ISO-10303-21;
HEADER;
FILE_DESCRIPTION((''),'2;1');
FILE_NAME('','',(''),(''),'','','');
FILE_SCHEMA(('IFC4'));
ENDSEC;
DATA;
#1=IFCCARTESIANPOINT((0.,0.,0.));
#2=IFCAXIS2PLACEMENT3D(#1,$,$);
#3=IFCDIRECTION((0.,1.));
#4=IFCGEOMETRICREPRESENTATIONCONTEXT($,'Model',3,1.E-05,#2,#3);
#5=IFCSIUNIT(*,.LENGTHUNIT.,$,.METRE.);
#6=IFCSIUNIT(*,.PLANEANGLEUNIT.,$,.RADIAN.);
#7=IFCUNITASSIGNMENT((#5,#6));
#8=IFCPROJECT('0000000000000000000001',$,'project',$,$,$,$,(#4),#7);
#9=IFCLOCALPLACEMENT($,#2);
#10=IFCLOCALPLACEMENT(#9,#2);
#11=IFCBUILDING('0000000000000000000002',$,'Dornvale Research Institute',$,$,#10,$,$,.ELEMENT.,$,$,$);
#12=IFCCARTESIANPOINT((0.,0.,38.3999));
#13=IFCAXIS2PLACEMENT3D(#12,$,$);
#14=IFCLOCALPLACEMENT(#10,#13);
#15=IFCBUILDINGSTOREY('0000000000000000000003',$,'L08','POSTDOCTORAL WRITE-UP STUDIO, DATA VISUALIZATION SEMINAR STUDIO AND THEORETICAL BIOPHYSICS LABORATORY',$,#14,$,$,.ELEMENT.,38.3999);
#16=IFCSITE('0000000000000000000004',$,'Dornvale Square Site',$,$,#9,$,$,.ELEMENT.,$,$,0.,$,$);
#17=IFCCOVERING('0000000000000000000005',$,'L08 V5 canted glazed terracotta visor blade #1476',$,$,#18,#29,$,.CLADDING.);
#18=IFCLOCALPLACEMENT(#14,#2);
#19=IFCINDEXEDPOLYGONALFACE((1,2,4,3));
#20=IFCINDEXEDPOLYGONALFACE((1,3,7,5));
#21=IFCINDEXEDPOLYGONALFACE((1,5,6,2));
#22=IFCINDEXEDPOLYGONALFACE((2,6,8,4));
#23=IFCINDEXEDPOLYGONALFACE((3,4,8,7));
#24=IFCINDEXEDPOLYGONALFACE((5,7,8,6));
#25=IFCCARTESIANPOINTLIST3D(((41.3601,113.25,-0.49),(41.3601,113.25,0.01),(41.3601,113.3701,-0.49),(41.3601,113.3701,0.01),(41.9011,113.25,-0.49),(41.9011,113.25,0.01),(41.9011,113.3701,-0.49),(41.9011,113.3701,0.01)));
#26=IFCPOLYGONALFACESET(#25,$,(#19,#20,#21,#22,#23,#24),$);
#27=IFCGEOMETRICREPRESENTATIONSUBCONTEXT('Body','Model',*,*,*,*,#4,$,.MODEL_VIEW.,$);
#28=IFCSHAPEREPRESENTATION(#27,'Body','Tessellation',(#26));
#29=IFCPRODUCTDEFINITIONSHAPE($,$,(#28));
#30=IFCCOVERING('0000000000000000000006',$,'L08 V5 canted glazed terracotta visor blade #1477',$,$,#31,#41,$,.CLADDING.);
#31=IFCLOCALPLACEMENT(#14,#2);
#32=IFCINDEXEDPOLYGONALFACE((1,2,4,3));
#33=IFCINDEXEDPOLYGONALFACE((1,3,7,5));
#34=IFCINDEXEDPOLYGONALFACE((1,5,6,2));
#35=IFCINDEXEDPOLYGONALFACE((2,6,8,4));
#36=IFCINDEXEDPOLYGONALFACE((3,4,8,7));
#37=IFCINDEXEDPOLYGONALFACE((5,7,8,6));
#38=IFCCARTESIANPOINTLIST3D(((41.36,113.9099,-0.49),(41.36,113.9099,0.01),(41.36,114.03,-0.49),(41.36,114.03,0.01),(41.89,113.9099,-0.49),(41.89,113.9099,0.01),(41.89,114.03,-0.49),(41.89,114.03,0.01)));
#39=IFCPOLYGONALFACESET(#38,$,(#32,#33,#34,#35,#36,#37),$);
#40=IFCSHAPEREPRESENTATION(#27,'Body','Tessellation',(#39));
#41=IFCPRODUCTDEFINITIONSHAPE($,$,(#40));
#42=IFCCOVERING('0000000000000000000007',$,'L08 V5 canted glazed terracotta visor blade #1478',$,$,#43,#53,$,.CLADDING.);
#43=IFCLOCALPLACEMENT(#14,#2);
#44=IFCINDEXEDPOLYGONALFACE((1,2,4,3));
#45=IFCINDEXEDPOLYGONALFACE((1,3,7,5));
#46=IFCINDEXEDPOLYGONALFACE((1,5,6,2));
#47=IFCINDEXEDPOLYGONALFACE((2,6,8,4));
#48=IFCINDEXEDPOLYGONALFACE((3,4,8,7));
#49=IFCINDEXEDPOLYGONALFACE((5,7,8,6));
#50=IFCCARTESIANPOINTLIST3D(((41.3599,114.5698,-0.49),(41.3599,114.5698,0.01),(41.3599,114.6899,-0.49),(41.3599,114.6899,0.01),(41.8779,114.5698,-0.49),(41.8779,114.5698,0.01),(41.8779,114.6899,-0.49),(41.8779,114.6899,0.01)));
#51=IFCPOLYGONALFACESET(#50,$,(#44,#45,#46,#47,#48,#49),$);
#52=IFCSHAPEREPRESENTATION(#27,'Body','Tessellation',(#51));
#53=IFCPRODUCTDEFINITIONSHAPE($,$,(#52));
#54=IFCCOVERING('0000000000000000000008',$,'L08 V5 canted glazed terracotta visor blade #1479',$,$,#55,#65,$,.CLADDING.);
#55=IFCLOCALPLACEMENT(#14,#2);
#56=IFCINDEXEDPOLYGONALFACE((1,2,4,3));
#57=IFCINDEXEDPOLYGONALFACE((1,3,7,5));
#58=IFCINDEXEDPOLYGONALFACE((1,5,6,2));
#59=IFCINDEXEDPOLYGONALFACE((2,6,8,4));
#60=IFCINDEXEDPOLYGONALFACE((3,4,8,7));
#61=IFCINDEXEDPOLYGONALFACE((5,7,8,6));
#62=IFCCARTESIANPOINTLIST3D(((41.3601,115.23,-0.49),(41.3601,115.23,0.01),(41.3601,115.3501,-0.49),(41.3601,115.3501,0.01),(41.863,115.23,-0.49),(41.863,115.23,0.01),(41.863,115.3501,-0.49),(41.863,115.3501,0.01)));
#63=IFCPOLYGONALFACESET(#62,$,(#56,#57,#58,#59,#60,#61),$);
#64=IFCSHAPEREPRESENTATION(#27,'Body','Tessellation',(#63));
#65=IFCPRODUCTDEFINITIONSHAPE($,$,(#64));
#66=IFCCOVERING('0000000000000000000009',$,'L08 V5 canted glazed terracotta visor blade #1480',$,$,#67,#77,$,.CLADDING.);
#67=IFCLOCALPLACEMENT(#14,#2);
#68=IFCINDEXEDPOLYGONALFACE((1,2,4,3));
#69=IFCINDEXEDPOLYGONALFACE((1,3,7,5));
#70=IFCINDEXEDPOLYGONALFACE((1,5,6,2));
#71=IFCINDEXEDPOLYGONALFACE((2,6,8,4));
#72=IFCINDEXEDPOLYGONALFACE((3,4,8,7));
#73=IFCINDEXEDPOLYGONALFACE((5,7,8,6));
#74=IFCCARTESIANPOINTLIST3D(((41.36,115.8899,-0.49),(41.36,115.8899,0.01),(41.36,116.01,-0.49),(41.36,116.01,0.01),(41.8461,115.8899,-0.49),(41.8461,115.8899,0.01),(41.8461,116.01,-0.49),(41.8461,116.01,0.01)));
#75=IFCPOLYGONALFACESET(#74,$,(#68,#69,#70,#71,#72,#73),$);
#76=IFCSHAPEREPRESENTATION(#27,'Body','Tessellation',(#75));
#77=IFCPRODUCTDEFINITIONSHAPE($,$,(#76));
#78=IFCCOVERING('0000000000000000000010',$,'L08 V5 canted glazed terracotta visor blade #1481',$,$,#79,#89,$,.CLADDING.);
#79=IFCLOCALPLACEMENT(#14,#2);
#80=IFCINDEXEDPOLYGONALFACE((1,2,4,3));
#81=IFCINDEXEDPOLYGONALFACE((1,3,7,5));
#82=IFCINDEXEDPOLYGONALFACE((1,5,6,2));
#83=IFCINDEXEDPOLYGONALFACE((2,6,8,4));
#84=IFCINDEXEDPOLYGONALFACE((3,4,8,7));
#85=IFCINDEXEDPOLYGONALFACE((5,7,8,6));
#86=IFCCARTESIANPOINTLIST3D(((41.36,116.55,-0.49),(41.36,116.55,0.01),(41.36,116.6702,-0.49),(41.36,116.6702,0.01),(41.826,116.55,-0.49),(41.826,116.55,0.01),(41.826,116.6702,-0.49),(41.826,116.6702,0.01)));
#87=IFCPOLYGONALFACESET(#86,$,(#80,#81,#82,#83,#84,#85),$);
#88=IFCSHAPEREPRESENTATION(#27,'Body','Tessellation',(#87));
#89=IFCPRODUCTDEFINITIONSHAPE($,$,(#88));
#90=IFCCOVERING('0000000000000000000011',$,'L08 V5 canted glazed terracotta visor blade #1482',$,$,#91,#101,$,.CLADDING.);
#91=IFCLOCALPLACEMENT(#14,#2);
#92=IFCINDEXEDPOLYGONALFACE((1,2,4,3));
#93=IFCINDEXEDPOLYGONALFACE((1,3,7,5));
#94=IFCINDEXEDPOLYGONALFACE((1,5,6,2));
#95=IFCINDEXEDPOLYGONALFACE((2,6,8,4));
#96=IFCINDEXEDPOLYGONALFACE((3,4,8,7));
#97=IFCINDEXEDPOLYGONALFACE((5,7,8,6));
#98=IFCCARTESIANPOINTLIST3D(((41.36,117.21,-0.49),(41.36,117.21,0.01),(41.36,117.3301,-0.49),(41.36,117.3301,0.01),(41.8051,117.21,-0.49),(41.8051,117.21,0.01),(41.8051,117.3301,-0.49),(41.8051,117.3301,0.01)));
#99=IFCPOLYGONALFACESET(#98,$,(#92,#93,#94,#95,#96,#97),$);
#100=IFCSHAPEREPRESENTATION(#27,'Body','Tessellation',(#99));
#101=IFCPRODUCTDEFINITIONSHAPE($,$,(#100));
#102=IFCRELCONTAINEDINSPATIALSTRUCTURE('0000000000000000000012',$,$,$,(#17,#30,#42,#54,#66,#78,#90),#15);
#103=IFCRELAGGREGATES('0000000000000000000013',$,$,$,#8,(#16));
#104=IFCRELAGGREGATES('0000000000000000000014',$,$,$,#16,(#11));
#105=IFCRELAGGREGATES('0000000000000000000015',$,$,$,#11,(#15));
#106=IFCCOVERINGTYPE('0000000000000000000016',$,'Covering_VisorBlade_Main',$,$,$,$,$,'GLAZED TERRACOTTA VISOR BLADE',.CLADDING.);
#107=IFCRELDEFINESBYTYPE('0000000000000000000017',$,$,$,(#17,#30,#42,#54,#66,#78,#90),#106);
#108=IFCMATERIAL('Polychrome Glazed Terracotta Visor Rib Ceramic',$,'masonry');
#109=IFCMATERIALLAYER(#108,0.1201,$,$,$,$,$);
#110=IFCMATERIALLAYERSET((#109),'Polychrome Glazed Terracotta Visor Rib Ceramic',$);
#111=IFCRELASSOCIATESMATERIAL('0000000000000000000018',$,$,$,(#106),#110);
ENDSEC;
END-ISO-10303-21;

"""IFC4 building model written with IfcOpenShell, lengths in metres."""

from ifc_helpers import new_model, si_unit, direction, frame, origin, origin_2d, place, context, subcontext, project, spatial, rectangle, extrude, material, layer, layer_set, type_object, element, save


model = new_model("IFC4")

# Units and contexts
model_context = context("Model", 3, precision=1e-05, world=origin(), true_north=direction((0.0, 1.0)))
body_context = subcontext(model_context, "Body", "Model", "MODEL_VIEW")
ifc_project = project(units=[si_unit("LENGTHUNIT", "METRE"), si_unit("PLANEANGLEUNIT", "RADIAN")], contexts=[model_context])

# Site, building, storey
site_placement = place(None, origin())
site = spatial("IfcSite", under=ifc_project, at=site_placement, Name="Dornvale Square Site", CompositionType="ELEMENT", RefElevation=0.0)
building_placement = place(site_placement, origin())
building = spatial("IfcBuilding", under=site, at=building_placement, Name="Dornvale Research Institute", CompositionType="ELEMENT")
storey_placement = place(building_placement, frame((0.0, 0.0, 38.3999)))
storey = spatial("IfcBuildingStorey", under=building, at=storey_placement, Name="L08", Description="POSTDOCTORAL WRITE-UP STUDIO, DATA VISUALIZATION SEMINAR STUDIO AND THEORETICAL BIOPHYSICS LABORATORY", CompositionType="ELEMENT", Elevation=38.3999)

# Coverings
ifc_material_1 = material(Name="Polychrome Glazed Terracotta Visor Rib Ceramic", Category="masonry")
ifc_layer_1 = layer(ifc_material_1, 0.1201)
ifc_layer_set_1 = layer_set([ifc_layer_1], Name="Polychrome Glazed Terracotta Visor Rib Ceramic")
covering_type = type_object("IfcCoveringType", Name="Covering_VisorBlade_Main", ElementType="GLAZED TERRACOTTA VISOR BLADE", PredefinedType="CLADDING", material=ifc_layer_set_1)
covering_1_placement = place(storey_placement, frame((41.6306, 113.3101, -0.49), z_axis=(0.0, 0.0, 1.0), x_axis=(1.0, 0.0, 0.0)))
element("IfcCovering", 1, at=covering_1_placement, inside=storey, type_object=covering_type, Name="L08 V5 canted glazed terracotta visor blade #1476", PredefinedType="CLADDING", context=body_context, shape_type="SweptSolid", body=[
    extrude(rectangle(XDim=0.541, YDim=0.1201, at=origin_2d()), origin(), (0.0, 0.0, 1.0), 0.5),
])
covering_2_placement = place(storey_placement, frame((41.625, 113.97, -0.49), z_axis=(0.0, 0.0, 1.0), x_axis=(1.0, 0.0, 0.0)))
element("IfcCovering", 2, at=covering_2_placement, inside=storey, type_object=covering_type, Name="L08 V5 canted glazed terracotta visor blade #1477", PredefinedType="CLADDING", context=body_context, shape_type="SweptSolid", body=[
    extrude(rectangle(XDim=0.53, YDim=0.1201, at=origin_2d()), origin(), (0.0, 0.0, 1.0), 0.5),
])
covering_3_placement = place(storey_placement, frame((41.6189, 114.6299, -0.49), z_axis=(0.0, 0.0, 1.0), x_axis=(1.0, 0.0, 0.0)))
element("IfcCovering", 3, at=covering_3_placement, inside=storey, type_object=covering_type, Name="L08 V5 canted glazed terracotta visor blade #1478", PredefinedType="CLADDING", context=body_context, shape_type="SweptSolid", body=[
    extrude(rectangle(XDim=0.5181, YDim=0.1201, at=origin_2d()), origin(), (0.0, 0.0, 1.0), 0.5),
])
covering_4_placement = place(storey_placement, frame((41.6116, 115.29, -0.49), z_axis=(0.0, 0.0, 1.0), x_axis=(1.0, 0.0, 0.0)))
element("IfcCovering", 4, at=covering_4_placement, inside=storey, type_object=covering_type, Name="L08 V5 canted glazed terracotta visor blade #1479", PredefinedType="CLADDING", context=body_context, shape_type="SweptSolid", body=[
    extrude(rectangle(XDim=0.5029, YDim=0.1201, at=origin_2d()), origin(), (0.0, 0.0, 1.0), 0.5),
])
covering_5_placement = place(storey_placement, frame((41.603, 115.95, -0.49), z_axis=(0.0, 0.0, 1.0), x_axis=(1.0, 0.0, 0.0)))
element("IfcCovering", 5, at=covering_5_placement, inside=storey, type_object=covering_type, Name="L08 V5 canted glazed terracotta visor blade #1480", PredefinedType="CLADDING", context=body_context, shape_type="SweptSolid", body=[
    extrude(rectangle(XDim=0.4861, YDim=0.1201, at=origin_2d()), origin(), (0.0, 0.0, 1.0), 0.5),
])
covering_6_placement = place(storey_placement, frame((41.593, 116.6101, -0.49), z_axis=(0.0, 0.0, 1.0), x_axis=(1.0, 0.0, 0.0)))
element("IfcCovering", 6, at=covering_6_placement, inside=storey, type_object=covering_type, Name="L08 V5 canted glazed terracotta visor blade #1481", PredefinedType="CLADDING", context=body_context, shape_type="SweptSolid", body=[
    extrude(rectangle(XDim=0.4661, YDim=0.1201, at=origin_2d()), origin(), (0.0, 0.0, 1.0), 0.5),
])
covering_7_placement = place(storey_placement, frame((41.5825, 117.27, -0.49), z_axis=(0.0, 0.0, 1.0), x_axis=(1.0, 0.0, 0.0)))
element("IfcCovering", 7, at=covering_7_placement, inside=storey, type_object=covering_type, Name="L08 V5 canted glazed terracotta visor blade #1482", PredefinedType="CLADDING", context=body_context, shape_type="SweptSolid", body=[
    extrude(rectangle(XDim=0.4451, YDim=0.1201, at=origin_2d()), origin(), (0.0, 0.0, 1.0), 0.5),
])

save(model, "model.ifc")
